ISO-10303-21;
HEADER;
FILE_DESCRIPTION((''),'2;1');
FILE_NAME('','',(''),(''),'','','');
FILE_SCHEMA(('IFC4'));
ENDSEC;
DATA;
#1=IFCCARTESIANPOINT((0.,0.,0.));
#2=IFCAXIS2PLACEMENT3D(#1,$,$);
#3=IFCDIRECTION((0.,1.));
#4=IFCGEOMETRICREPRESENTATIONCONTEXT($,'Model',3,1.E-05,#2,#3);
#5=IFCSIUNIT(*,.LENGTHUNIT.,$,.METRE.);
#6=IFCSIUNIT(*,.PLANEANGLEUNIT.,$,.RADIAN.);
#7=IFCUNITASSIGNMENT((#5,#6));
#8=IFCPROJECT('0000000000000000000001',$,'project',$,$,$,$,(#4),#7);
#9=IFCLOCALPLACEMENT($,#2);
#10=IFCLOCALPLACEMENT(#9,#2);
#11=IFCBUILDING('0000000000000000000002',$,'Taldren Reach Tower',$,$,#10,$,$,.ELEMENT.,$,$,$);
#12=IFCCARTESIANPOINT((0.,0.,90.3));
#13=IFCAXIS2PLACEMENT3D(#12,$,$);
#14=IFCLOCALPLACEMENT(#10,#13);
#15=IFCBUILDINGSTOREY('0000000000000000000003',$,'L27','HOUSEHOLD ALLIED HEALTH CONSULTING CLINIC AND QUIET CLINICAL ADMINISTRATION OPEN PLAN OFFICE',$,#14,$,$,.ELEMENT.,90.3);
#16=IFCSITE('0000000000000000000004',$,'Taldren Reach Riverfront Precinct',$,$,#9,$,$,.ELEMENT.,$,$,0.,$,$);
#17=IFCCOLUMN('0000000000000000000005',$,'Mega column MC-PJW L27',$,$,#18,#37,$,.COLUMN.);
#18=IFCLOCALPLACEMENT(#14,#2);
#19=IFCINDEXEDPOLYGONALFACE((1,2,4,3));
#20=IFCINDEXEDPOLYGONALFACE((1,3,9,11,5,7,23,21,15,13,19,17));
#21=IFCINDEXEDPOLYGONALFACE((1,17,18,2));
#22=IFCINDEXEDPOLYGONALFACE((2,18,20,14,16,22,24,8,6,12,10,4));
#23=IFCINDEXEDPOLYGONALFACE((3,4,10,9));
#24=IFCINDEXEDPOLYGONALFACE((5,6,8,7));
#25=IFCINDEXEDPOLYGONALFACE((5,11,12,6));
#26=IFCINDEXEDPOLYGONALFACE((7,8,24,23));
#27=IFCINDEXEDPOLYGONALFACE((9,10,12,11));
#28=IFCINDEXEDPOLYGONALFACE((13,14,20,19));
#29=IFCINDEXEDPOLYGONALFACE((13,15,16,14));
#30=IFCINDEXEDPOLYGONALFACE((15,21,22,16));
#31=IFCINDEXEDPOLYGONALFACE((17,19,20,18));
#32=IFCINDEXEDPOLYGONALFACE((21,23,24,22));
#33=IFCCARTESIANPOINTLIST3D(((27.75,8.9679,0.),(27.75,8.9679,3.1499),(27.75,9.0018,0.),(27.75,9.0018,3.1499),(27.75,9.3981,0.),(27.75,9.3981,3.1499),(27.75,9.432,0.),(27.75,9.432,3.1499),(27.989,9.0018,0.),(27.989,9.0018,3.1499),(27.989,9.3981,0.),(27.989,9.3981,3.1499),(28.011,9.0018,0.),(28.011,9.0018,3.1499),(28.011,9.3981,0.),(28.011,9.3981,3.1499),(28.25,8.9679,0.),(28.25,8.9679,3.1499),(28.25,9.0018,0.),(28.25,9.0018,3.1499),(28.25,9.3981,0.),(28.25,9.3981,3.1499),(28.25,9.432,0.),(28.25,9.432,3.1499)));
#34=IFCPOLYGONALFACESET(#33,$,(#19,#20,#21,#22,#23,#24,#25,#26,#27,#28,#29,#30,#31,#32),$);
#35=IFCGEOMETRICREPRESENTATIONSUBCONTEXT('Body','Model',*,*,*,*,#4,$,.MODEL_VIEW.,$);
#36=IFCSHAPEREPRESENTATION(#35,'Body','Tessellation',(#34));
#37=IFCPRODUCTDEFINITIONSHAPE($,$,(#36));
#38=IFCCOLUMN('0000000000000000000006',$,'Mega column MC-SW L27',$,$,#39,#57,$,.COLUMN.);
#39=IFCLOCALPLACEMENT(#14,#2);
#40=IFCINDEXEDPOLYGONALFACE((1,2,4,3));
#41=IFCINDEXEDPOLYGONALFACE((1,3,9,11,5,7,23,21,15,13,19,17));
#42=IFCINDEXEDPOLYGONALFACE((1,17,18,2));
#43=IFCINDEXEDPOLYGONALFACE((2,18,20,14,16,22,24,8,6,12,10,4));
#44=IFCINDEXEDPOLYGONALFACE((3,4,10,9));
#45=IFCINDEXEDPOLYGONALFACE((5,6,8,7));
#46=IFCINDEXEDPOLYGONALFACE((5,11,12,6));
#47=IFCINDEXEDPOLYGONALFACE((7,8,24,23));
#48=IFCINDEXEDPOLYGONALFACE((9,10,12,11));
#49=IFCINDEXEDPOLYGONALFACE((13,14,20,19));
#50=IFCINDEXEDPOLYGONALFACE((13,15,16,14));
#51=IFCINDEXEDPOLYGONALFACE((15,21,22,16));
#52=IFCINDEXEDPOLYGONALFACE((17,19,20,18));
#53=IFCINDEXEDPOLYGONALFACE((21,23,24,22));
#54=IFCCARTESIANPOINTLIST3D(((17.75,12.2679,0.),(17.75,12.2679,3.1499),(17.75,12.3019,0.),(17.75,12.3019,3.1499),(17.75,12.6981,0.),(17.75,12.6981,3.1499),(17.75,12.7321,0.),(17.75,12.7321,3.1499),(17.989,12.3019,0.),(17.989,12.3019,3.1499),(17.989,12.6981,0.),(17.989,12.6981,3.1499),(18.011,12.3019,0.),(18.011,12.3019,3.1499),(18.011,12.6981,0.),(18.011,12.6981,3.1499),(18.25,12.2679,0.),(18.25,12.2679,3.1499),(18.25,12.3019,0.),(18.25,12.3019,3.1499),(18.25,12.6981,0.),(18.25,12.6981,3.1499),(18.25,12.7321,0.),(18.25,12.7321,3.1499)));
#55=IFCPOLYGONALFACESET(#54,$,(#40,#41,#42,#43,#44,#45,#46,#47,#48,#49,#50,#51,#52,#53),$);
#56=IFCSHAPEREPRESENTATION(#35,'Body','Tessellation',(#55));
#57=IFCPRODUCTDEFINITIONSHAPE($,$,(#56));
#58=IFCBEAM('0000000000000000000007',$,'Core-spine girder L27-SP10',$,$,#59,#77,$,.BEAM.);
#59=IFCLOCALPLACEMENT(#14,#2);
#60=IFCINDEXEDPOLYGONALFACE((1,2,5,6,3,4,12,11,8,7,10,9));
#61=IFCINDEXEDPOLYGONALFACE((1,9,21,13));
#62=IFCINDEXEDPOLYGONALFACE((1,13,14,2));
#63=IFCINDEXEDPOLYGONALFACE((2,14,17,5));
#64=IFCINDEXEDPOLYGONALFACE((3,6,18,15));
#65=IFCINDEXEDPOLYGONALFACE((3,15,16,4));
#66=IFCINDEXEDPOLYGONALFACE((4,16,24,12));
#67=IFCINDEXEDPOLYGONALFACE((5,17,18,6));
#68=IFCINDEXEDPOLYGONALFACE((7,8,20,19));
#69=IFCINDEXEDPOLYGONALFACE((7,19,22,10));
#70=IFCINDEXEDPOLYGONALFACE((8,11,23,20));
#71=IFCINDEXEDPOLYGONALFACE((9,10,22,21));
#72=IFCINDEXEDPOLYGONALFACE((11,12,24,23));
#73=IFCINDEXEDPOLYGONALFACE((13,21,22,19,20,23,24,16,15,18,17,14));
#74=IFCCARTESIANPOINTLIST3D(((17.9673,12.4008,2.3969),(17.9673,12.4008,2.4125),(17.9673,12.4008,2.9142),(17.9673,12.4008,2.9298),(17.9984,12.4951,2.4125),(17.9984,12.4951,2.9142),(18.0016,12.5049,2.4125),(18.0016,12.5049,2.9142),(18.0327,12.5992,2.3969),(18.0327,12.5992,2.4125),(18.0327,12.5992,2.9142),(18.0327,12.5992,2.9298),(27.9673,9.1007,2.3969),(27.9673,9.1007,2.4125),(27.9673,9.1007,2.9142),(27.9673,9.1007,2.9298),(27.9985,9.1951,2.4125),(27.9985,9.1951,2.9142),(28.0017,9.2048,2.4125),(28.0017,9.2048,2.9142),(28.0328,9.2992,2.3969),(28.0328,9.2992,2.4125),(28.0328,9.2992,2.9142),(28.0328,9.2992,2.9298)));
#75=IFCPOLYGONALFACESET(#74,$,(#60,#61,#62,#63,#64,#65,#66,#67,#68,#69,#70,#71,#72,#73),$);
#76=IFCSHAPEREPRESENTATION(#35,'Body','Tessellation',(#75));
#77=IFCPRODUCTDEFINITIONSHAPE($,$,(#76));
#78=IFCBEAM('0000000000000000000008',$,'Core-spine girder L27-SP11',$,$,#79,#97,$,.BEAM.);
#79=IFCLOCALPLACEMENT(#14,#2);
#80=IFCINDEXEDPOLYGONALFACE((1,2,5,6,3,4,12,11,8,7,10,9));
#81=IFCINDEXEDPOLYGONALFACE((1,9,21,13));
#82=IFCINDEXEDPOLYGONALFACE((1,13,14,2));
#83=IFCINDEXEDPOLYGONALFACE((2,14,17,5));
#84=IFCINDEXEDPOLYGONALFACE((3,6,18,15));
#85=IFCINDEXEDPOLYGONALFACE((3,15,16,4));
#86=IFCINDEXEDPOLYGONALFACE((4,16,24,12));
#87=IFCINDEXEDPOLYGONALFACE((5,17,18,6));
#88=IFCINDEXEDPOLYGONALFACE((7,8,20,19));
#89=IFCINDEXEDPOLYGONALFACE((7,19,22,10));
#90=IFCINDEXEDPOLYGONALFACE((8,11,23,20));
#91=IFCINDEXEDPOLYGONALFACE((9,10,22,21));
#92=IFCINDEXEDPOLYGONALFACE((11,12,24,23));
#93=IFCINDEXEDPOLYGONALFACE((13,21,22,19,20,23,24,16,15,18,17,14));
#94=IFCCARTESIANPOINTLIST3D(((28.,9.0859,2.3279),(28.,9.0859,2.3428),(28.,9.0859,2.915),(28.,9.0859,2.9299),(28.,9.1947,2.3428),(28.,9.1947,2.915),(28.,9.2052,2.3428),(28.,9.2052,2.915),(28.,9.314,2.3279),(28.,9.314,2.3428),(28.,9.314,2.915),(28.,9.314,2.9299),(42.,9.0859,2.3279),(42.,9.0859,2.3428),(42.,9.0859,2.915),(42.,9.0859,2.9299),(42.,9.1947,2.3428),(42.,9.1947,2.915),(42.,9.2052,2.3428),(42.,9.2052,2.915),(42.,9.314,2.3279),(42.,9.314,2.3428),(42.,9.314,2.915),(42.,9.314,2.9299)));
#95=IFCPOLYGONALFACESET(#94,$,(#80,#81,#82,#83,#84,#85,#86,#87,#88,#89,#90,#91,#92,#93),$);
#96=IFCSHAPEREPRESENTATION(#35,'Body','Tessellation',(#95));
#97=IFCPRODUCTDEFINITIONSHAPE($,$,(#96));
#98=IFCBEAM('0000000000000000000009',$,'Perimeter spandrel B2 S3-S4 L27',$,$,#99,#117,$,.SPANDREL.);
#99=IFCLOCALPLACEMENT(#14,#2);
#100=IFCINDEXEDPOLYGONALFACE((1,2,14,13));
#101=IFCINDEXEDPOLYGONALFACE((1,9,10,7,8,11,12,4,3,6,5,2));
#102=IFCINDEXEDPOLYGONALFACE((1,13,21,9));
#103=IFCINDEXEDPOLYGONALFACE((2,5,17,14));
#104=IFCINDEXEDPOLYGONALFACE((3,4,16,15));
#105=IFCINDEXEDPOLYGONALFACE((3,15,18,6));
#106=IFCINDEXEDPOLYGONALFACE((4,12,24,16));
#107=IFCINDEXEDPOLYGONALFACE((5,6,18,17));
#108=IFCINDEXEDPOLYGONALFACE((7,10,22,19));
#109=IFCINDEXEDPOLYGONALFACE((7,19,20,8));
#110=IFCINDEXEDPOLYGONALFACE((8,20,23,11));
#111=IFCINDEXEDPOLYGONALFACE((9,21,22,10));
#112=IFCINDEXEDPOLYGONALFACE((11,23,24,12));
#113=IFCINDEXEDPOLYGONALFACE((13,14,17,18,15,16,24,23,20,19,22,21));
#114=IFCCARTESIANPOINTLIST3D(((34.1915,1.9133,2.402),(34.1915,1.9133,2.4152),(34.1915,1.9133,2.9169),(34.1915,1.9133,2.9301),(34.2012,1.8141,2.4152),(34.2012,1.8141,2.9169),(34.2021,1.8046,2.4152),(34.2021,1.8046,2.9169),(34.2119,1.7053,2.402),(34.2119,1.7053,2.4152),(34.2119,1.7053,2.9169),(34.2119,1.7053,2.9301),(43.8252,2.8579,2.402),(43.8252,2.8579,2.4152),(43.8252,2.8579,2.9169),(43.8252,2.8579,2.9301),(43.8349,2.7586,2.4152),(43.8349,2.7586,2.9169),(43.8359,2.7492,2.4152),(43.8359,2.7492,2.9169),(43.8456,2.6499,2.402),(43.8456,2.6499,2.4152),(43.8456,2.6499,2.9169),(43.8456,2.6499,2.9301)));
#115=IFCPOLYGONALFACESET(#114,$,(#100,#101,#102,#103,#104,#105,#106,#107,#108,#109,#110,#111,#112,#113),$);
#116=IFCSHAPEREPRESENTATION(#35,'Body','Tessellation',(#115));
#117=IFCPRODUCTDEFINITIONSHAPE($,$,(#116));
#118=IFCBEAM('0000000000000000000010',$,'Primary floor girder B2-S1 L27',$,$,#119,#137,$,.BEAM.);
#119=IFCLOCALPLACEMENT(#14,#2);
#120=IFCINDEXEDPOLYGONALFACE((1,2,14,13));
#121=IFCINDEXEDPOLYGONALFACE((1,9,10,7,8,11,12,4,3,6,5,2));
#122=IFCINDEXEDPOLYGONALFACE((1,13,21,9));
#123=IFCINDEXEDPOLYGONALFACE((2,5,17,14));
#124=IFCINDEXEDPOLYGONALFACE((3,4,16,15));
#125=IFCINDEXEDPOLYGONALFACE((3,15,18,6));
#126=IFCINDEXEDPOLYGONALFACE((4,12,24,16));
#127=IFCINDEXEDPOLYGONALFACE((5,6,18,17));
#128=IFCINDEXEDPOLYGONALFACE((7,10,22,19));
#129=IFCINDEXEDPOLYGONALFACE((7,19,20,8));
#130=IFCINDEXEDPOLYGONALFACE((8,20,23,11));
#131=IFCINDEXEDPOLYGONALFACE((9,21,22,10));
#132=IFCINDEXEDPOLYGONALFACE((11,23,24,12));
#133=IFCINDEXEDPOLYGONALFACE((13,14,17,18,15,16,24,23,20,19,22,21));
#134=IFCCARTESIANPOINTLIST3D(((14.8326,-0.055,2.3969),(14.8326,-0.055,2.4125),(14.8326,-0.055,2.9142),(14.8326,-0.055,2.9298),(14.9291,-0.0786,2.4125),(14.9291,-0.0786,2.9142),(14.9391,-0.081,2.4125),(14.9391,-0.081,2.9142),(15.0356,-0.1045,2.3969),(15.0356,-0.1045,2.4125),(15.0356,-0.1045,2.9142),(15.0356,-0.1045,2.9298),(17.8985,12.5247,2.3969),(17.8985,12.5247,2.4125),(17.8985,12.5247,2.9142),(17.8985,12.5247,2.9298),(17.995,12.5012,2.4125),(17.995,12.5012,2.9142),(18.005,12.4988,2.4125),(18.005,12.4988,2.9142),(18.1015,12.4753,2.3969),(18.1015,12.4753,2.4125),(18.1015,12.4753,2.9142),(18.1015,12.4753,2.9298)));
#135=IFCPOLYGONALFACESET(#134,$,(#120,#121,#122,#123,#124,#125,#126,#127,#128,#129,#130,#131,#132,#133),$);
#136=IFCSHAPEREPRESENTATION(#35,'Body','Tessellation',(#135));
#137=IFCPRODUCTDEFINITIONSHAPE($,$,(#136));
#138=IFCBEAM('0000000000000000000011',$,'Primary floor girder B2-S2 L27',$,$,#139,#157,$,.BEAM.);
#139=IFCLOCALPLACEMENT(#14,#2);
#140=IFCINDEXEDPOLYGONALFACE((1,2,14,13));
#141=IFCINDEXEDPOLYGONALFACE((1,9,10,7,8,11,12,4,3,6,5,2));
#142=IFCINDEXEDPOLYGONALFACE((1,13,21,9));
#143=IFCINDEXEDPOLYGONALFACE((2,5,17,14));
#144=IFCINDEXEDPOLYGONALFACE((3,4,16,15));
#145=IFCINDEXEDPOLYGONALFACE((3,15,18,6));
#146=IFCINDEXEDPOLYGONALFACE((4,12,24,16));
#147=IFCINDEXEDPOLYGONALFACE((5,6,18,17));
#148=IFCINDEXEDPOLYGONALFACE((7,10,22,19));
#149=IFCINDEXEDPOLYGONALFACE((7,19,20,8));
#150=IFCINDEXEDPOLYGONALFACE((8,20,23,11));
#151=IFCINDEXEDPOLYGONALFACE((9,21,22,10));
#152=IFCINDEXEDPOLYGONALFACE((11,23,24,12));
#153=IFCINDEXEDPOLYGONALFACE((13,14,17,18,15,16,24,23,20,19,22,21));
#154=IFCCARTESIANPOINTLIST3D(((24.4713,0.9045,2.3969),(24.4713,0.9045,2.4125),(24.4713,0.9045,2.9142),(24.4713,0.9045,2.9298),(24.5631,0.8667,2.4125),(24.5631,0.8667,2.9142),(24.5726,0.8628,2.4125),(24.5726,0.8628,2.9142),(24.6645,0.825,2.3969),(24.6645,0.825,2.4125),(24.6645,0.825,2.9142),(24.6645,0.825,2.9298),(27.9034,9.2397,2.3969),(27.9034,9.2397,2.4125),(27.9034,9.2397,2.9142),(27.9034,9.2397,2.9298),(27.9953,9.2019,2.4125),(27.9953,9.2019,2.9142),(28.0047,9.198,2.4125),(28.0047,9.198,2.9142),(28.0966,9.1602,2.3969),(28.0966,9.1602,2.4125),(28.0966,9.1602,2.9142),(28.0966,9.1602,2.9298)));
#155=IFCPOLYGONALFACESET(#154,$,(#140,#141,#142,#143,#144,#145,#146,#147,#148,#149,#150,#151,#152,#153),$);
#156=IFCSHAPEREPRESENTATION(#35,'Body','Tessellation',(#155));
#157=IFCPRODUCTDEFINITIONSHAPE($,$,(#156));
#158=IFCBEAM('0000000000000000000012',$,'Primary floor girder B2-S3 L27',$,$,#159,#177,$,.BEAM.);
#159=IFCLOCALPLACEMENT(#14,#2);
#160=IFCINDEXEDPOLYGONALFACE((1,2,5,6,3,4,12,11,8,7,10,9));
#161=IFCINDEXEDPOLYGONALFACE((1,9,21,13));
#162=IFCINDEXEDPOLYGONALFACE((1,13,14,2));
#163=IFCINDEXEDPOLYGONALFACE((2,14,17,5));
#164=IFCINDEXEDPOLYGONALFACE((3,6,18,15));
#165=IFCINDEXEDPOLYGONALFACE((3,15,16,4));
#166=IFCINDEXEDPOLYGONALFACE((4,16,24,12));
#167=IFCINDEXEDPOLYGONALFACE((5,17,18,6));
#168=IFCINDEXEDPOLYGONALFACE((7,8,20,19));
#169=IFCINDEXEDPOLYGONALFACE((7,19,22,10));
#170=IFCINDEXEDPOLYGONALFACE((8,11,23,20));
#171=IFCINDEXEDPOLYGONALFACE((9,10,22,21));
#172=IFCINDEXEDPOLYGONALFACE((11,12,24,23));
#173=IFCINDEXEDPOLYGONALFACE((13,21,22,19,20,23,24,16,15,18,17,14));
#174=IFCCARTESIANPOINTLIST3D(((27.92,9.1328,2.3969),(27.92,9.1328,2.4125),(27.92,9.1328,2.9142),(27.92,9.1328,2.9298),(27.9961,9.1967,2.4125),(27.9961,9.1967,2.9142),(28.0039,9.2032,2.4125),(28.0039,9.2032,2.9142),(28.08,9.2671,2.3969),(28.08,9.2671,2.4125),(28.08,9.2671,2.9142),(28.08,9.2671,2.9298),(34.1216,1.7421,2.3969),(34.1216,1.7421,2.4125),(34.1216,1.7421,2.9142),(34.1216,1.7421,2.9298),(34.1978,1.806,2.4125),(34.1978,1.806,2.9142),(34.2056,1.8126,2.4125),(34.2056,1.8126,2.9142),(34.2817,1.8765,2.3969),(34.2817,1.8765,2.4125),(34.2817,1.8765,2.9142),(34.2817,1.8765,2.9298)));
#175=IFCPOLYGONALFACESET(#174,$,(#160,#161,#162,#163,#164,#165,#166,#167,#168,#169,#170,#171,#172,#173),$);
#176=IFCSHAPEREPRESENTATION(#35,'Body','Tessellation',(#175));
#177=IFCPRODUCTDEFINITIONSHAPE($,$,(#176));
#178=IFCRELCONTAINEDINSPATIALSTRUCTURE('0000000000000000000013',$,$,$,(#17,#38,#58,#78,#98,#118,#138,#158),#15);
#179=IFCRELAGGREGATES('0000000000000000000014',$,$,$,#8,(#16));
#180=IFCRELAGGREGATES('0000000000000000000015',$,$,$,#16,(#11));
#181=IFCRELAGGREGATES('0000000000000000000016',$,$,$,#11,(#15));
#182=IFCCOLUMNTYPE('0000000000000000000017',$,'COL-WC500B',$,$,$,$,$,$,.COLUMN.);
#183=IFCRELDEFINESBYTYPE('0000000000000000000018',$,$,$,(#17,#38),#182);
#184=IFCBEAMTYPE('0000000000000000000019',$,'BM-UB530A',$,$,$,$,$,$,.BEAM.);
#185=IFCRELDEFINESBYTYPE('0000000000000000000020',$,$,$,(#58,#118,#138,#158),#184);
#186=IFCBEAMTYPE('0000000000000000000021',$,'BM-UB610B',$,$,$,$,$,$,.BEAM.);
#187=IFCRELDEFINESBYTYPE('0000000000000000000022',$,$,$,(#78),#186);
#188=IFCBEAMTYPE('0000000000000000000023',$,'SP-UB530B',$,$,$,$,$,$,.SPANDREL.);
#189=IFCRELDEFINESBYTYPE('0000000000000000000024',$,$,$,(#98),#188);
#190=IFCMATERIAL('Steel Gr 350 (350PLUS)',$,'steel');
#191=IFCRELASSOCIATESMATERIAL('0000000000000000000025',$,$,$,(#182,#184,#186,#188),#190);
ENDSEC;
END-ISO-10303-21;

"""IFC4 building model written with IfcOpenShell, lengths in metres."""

from ifc_helpers import new_model, si_unit, direction, frame, origin, origin_2d, place, context, subcontext, project, spatial, i_section, extrude, source, transform, mapped, material, material_profile, profile_set, type_object, element, save


model = new_model("IFC4")

# Units and contexts
model_context = context("Model", 3, precision=1e-05, world=origin(), true_north=direction((0.0, 1.0)))
body_context = subcontext(model_context, "Body", "Model", "MODEL_VIEW")
ifc_project = project(units=[si_unit("LENGTHUNIT", "METRE"), si_unit("PLANEANGLEUNIT", "RADIAN")], contexts=[model_context])

# Site, building, storey
site_placement = place(None, origin())
site = spatial("IfcSite", under=ifc_project, at=site_placement, Name="Taldren Reach Riverfront Precinct", CompositionType="ELEMENT", RefElevation=0.0)
building_placement = place(site_placement, origin())
building = spatial("IfcBuilding", under=site, at=building_placement, Name="Taldren Reach Tower", CompositionType="ELEMENT")
storey_placement = place(building_placement, frame((0.0, 0.0, 90.3)))
storey = spatial("IfcBuildingStorey", under=building, at=storey_placement, Name="L27", Description="HOUSEHOLD ALLIED HEALTH CONSULTING CLINIC AND QUIET CLINICAL ADMINISTRATION OPEN PLAN OFFICE", CompositionType="ELEMENT", Elevation=90.3)

# Columns
ifc_material_1 = material(Name="Steel Gr 350 (350PLUS)", Category="steel")
ifc_material_profile_1 = material_profile(ifc_material_1, i_section(OverallWidth=0.5, OverallDepth=0.4641, WebThickness=0.022, FlangeThickness=0.0339, at=origin_2d()), Name="500WC340")
ifc_profile_set_1 = profile_set([ifc_material_profile_1], Name="Steel Gr 350 (350PLUS)")
column_type = type_object("IfcColumnType", Name="COL-WC500B", PredefinedType="COLUMN", material=ifc_profile_set_1)
shared_shape_1 = source(origin(), body_context, "Body", "SweptSolid", [
    extrude(i_section(OverallWidth=0.5, OverallDepth=0.4641, WebThickness=0.022, FlangeThickness=0.0339, at=origin_2d()), origin(), (0.0, 0.0, 1.0), 3.1499),
])
for number, where, z_axis, x_axis, name in (
    (1, (28.0, 9.2, 0.0), (0.0, 0.0, 1.0), (1.0, 0.0, 0.0), "Mega column MC-PJW L27"),
    (2, (18.0, 12.5, 0.0), (0.0, 0.0, 1.0), (1.0, 0.0, 0.0), "Mega column MC-SW L27"),
):
    element("IfcColumn", number, at=place(storey_placement, frame(where, z_axis=z_axis, x_axis=x_axis)), inside=storey, type_object=column_type, Name=name, PredefinedType="COLUMN", context=body_context, shape_type="MappedRepresentation", body=[
        mapped(shared_shape_1, transform((0.0, 0.0, 0.0), scale=1.0)),
    ])

# Beams
ifc_material_profile_2 = material_profile(ifc_material_1, i_section(OverallWidth=0.209, OverallDepth=0.533, WebThickness=0.0103, FlangeThickness=0.0156, at=origin_2d()), Name="530UB92.4")
ifc_profile_set_2 = profile_set([ifc_material_profile_2], Name="Steel Gr 350 (350PLUS)")
beam_type_1 = type_object("IfcBeamType", Name="BM-UB530A", PredefinedType="BEAM", material=ifc_profile_set_2)
shared_shape_2 = source(origin(), body_context, "Body", "SweptSolid", [
    extrude(i_section(OverallWidth=0.209, OverallDepth=0.533, WebThickness=0.0103, FlangeThickness=0.0156, at=origin_2d()), origin(), (0.0, 0.0, 1.0), 10.5305),
])
beam_1_placement = place(storey_placement, frame((18.0, 12.5, 2.6633), z_axis=(0.949627, -0.313382, 0.0), x_axis=(0.313382, 0.949627, 0.0)))
element("IfcBeam", 3, at=beam_1_placement, inside=storey, type_object=beam_type_1, Name="Core-spine girder L27-SP10", PredefinedType="BEAM", context=body_context, shape_type="MappedRepresentation", body=[
    mapped(shared_shape_2, transform((0.0, 0.0, 0.0), scale=1.0)),
])
ifc_material_profile_3 = material_profile(ifc_material_1, i_section(OverallWidth=0.228, OverallDepth=0.6021, WebThickness=0.0105, FlangeThickness=0.0149, at=origin_2d()), Name="610UB101")
ifc_profile_set_3 = profile_set([ifc_material_profile_3], Name="Steel Gr 350 (350PLUS)")
beam_type_2 = type_object("IfcBeamType", Name="BM-UB610B", PredefinedType="BEAM", material=ifc_profile_set_3)
shared_shape_3 = source(origin(), body_context, "Body", "SweptSolid", [
    extrude(i_section(OverallWidth=0.228, OverallDepth=0.6021, WebThickness=0.0105, FlangeThickness=0.0149, at=origin_2d()), origin(), (0.0, 0.0, 1.0), 14.0),
])
beam_2_placement = place(storey_placement, frame((28.0, 9.2, 2.6289), z_axis=(1.0, 0.0, 0.0), x_axis=(0.0, 1.0, 0.0)))
element("IfcBeam", 4, at=beam_2_placement, inside=storey, type_object=beam_type_2, Name="Core-spine girder L27-SP11", PredefinedType="BEAM", context=body_context, shape_type="MappedRepresentation", body=[
    mapped(shared_shape_3, transform((0.0, 0.0, 0.0), scale=1.0)),
])
ifc_material_profile_4 = material_profile(ifc_material_1, i_section(OverallWidth=0.209, OverallDepth=0.5281, WebThickness=0.0095, FlangeThickness=0.0132, at=origin_2d()), Name="530UB82.0")
ifc_profile_set_4 = profile_set([ifc_material_profile_4], Name="Steel Gr 350 (350PLUS)")
beam_type_3 = type_object("IfcBeamType", Name="SP-UB530B", PredefinedType="SPANDREL", material=ifc_profile_set_4)
shared_shape_4 = source(origin(), body_context, "Body", "SweptSolid", [
    extrude(i_section(OverallWidth=0.209, OverallDepth=0.5281, WebThickness=0.0095, FlangeThickness=0.0132, at=origin_2d()), origin(), (0.0, 0.0, 1.0), 9.6799),
])
beam_3_placement = place(storey_placement, frame((34.2017, 1.8093, 2.666), z_axis=(0.995228, 0.097581, 0.0), x_axis=(-0.097581, 0.995228, 0.0)))
element("IfcBeam", 5, at=beam_3_placement, inside=storey, type_object=beam_type_3, Name="Perimeter spandrel B2 S3-S4 L27", PredefinedType="SPANDREL", context=body_context, shape_type="MappedRepresentation", body=[
    mapped(shared_shape_4, transform((0.0, 0.0, 0.0), scale=1.0)),
])
shared_shape_5 = source(origin(), body_context, "Body", "SweptSolid", [
    extrude(i_section(OverallWidth=0.209, OverallDepth=0.533, WebThickness=0.0103, FlangeThickness=0.0156, at=origin_2d()), origin(), (0.0, 0.0, 1.0), 12.948),
])
beam_4_placement = place(storey_placement, frame((18.0, 12.5, 2.6633), z_axis=(-0.236786, -0.971562, 0.0), x_axis=(0.971562, -0.236786, 0.0)))
element("IfcBeam", 6, at=beam_4_placement, inside=storey, type_object=beam_type_1, Name="Primary floor girder B2-S1 L27", PredefinedType="BEAM", context=body_context, shape_type="MappedRepresentation", body=[
    mapped(shared_shape_5, transform((0.0, 0.0, 0.0), scale=1.0)),
])
shared_shape_6 = source(origin(), body_context, "Body", "SweptSolid", [
    extrude(i_section(OverallWidth=0.209, OverallDepth=0.533, WebThickness=0.0103, FlangeThickness=0.0156, at=origin_2d()), origin(), (0.0, 0.0, 1.0), 9.0142),
])
beam_5_placement = place(storey_placement, frame((28.0, 9.2, 2.6633), z_axis=(-0.380748, -0.924679, 0.0), x_axis=(0.924679, -0.380748, 0.0)))
element("IfcBeam", 7, at=beam_5_placement, inside=storey, type_object=beam_type_1, Name="Primary floor girder B2-S2 L27", PredefinedType="BEAM", context=body_context, shape_type="MappedRepresentation", body=[
    mapped(shared_shape_6, transform((0.0, 0.0, 0.0), scale=1.0)),
])
shared_shape_7 = source(origin(), body_context, "Body", "SweptSolid", [
    extrude(i_section(OverallWidth=0.209, OverallDepth=0.533, WebThickness=0.0103, FlangeThickness=0.0156, at=origin_2d()), origin(), (0.0, 0.0, 1.0), 9.6479),
])
beam_6_placement = place(storey_placement, frame((28.0, 9.2, 2.6633), z_axis=(0.642799, -0.766035, 0.0), x_axis=(0.766035, 0.642799, 0.0)))
element("IfcBeam", 8, at=beam_6_placement, inside=storey, type_object=beam_type_1, Name="Primary floor girder B2-S3 L27", PredefinedType="BEAM", context=body_context, shape_type="MappedRepresentation", body=[
    mapped(shared_shape_7, transform((0.0, 0.0, 0.0), scale=1.0)),
])

save(model, "model.ifc")
